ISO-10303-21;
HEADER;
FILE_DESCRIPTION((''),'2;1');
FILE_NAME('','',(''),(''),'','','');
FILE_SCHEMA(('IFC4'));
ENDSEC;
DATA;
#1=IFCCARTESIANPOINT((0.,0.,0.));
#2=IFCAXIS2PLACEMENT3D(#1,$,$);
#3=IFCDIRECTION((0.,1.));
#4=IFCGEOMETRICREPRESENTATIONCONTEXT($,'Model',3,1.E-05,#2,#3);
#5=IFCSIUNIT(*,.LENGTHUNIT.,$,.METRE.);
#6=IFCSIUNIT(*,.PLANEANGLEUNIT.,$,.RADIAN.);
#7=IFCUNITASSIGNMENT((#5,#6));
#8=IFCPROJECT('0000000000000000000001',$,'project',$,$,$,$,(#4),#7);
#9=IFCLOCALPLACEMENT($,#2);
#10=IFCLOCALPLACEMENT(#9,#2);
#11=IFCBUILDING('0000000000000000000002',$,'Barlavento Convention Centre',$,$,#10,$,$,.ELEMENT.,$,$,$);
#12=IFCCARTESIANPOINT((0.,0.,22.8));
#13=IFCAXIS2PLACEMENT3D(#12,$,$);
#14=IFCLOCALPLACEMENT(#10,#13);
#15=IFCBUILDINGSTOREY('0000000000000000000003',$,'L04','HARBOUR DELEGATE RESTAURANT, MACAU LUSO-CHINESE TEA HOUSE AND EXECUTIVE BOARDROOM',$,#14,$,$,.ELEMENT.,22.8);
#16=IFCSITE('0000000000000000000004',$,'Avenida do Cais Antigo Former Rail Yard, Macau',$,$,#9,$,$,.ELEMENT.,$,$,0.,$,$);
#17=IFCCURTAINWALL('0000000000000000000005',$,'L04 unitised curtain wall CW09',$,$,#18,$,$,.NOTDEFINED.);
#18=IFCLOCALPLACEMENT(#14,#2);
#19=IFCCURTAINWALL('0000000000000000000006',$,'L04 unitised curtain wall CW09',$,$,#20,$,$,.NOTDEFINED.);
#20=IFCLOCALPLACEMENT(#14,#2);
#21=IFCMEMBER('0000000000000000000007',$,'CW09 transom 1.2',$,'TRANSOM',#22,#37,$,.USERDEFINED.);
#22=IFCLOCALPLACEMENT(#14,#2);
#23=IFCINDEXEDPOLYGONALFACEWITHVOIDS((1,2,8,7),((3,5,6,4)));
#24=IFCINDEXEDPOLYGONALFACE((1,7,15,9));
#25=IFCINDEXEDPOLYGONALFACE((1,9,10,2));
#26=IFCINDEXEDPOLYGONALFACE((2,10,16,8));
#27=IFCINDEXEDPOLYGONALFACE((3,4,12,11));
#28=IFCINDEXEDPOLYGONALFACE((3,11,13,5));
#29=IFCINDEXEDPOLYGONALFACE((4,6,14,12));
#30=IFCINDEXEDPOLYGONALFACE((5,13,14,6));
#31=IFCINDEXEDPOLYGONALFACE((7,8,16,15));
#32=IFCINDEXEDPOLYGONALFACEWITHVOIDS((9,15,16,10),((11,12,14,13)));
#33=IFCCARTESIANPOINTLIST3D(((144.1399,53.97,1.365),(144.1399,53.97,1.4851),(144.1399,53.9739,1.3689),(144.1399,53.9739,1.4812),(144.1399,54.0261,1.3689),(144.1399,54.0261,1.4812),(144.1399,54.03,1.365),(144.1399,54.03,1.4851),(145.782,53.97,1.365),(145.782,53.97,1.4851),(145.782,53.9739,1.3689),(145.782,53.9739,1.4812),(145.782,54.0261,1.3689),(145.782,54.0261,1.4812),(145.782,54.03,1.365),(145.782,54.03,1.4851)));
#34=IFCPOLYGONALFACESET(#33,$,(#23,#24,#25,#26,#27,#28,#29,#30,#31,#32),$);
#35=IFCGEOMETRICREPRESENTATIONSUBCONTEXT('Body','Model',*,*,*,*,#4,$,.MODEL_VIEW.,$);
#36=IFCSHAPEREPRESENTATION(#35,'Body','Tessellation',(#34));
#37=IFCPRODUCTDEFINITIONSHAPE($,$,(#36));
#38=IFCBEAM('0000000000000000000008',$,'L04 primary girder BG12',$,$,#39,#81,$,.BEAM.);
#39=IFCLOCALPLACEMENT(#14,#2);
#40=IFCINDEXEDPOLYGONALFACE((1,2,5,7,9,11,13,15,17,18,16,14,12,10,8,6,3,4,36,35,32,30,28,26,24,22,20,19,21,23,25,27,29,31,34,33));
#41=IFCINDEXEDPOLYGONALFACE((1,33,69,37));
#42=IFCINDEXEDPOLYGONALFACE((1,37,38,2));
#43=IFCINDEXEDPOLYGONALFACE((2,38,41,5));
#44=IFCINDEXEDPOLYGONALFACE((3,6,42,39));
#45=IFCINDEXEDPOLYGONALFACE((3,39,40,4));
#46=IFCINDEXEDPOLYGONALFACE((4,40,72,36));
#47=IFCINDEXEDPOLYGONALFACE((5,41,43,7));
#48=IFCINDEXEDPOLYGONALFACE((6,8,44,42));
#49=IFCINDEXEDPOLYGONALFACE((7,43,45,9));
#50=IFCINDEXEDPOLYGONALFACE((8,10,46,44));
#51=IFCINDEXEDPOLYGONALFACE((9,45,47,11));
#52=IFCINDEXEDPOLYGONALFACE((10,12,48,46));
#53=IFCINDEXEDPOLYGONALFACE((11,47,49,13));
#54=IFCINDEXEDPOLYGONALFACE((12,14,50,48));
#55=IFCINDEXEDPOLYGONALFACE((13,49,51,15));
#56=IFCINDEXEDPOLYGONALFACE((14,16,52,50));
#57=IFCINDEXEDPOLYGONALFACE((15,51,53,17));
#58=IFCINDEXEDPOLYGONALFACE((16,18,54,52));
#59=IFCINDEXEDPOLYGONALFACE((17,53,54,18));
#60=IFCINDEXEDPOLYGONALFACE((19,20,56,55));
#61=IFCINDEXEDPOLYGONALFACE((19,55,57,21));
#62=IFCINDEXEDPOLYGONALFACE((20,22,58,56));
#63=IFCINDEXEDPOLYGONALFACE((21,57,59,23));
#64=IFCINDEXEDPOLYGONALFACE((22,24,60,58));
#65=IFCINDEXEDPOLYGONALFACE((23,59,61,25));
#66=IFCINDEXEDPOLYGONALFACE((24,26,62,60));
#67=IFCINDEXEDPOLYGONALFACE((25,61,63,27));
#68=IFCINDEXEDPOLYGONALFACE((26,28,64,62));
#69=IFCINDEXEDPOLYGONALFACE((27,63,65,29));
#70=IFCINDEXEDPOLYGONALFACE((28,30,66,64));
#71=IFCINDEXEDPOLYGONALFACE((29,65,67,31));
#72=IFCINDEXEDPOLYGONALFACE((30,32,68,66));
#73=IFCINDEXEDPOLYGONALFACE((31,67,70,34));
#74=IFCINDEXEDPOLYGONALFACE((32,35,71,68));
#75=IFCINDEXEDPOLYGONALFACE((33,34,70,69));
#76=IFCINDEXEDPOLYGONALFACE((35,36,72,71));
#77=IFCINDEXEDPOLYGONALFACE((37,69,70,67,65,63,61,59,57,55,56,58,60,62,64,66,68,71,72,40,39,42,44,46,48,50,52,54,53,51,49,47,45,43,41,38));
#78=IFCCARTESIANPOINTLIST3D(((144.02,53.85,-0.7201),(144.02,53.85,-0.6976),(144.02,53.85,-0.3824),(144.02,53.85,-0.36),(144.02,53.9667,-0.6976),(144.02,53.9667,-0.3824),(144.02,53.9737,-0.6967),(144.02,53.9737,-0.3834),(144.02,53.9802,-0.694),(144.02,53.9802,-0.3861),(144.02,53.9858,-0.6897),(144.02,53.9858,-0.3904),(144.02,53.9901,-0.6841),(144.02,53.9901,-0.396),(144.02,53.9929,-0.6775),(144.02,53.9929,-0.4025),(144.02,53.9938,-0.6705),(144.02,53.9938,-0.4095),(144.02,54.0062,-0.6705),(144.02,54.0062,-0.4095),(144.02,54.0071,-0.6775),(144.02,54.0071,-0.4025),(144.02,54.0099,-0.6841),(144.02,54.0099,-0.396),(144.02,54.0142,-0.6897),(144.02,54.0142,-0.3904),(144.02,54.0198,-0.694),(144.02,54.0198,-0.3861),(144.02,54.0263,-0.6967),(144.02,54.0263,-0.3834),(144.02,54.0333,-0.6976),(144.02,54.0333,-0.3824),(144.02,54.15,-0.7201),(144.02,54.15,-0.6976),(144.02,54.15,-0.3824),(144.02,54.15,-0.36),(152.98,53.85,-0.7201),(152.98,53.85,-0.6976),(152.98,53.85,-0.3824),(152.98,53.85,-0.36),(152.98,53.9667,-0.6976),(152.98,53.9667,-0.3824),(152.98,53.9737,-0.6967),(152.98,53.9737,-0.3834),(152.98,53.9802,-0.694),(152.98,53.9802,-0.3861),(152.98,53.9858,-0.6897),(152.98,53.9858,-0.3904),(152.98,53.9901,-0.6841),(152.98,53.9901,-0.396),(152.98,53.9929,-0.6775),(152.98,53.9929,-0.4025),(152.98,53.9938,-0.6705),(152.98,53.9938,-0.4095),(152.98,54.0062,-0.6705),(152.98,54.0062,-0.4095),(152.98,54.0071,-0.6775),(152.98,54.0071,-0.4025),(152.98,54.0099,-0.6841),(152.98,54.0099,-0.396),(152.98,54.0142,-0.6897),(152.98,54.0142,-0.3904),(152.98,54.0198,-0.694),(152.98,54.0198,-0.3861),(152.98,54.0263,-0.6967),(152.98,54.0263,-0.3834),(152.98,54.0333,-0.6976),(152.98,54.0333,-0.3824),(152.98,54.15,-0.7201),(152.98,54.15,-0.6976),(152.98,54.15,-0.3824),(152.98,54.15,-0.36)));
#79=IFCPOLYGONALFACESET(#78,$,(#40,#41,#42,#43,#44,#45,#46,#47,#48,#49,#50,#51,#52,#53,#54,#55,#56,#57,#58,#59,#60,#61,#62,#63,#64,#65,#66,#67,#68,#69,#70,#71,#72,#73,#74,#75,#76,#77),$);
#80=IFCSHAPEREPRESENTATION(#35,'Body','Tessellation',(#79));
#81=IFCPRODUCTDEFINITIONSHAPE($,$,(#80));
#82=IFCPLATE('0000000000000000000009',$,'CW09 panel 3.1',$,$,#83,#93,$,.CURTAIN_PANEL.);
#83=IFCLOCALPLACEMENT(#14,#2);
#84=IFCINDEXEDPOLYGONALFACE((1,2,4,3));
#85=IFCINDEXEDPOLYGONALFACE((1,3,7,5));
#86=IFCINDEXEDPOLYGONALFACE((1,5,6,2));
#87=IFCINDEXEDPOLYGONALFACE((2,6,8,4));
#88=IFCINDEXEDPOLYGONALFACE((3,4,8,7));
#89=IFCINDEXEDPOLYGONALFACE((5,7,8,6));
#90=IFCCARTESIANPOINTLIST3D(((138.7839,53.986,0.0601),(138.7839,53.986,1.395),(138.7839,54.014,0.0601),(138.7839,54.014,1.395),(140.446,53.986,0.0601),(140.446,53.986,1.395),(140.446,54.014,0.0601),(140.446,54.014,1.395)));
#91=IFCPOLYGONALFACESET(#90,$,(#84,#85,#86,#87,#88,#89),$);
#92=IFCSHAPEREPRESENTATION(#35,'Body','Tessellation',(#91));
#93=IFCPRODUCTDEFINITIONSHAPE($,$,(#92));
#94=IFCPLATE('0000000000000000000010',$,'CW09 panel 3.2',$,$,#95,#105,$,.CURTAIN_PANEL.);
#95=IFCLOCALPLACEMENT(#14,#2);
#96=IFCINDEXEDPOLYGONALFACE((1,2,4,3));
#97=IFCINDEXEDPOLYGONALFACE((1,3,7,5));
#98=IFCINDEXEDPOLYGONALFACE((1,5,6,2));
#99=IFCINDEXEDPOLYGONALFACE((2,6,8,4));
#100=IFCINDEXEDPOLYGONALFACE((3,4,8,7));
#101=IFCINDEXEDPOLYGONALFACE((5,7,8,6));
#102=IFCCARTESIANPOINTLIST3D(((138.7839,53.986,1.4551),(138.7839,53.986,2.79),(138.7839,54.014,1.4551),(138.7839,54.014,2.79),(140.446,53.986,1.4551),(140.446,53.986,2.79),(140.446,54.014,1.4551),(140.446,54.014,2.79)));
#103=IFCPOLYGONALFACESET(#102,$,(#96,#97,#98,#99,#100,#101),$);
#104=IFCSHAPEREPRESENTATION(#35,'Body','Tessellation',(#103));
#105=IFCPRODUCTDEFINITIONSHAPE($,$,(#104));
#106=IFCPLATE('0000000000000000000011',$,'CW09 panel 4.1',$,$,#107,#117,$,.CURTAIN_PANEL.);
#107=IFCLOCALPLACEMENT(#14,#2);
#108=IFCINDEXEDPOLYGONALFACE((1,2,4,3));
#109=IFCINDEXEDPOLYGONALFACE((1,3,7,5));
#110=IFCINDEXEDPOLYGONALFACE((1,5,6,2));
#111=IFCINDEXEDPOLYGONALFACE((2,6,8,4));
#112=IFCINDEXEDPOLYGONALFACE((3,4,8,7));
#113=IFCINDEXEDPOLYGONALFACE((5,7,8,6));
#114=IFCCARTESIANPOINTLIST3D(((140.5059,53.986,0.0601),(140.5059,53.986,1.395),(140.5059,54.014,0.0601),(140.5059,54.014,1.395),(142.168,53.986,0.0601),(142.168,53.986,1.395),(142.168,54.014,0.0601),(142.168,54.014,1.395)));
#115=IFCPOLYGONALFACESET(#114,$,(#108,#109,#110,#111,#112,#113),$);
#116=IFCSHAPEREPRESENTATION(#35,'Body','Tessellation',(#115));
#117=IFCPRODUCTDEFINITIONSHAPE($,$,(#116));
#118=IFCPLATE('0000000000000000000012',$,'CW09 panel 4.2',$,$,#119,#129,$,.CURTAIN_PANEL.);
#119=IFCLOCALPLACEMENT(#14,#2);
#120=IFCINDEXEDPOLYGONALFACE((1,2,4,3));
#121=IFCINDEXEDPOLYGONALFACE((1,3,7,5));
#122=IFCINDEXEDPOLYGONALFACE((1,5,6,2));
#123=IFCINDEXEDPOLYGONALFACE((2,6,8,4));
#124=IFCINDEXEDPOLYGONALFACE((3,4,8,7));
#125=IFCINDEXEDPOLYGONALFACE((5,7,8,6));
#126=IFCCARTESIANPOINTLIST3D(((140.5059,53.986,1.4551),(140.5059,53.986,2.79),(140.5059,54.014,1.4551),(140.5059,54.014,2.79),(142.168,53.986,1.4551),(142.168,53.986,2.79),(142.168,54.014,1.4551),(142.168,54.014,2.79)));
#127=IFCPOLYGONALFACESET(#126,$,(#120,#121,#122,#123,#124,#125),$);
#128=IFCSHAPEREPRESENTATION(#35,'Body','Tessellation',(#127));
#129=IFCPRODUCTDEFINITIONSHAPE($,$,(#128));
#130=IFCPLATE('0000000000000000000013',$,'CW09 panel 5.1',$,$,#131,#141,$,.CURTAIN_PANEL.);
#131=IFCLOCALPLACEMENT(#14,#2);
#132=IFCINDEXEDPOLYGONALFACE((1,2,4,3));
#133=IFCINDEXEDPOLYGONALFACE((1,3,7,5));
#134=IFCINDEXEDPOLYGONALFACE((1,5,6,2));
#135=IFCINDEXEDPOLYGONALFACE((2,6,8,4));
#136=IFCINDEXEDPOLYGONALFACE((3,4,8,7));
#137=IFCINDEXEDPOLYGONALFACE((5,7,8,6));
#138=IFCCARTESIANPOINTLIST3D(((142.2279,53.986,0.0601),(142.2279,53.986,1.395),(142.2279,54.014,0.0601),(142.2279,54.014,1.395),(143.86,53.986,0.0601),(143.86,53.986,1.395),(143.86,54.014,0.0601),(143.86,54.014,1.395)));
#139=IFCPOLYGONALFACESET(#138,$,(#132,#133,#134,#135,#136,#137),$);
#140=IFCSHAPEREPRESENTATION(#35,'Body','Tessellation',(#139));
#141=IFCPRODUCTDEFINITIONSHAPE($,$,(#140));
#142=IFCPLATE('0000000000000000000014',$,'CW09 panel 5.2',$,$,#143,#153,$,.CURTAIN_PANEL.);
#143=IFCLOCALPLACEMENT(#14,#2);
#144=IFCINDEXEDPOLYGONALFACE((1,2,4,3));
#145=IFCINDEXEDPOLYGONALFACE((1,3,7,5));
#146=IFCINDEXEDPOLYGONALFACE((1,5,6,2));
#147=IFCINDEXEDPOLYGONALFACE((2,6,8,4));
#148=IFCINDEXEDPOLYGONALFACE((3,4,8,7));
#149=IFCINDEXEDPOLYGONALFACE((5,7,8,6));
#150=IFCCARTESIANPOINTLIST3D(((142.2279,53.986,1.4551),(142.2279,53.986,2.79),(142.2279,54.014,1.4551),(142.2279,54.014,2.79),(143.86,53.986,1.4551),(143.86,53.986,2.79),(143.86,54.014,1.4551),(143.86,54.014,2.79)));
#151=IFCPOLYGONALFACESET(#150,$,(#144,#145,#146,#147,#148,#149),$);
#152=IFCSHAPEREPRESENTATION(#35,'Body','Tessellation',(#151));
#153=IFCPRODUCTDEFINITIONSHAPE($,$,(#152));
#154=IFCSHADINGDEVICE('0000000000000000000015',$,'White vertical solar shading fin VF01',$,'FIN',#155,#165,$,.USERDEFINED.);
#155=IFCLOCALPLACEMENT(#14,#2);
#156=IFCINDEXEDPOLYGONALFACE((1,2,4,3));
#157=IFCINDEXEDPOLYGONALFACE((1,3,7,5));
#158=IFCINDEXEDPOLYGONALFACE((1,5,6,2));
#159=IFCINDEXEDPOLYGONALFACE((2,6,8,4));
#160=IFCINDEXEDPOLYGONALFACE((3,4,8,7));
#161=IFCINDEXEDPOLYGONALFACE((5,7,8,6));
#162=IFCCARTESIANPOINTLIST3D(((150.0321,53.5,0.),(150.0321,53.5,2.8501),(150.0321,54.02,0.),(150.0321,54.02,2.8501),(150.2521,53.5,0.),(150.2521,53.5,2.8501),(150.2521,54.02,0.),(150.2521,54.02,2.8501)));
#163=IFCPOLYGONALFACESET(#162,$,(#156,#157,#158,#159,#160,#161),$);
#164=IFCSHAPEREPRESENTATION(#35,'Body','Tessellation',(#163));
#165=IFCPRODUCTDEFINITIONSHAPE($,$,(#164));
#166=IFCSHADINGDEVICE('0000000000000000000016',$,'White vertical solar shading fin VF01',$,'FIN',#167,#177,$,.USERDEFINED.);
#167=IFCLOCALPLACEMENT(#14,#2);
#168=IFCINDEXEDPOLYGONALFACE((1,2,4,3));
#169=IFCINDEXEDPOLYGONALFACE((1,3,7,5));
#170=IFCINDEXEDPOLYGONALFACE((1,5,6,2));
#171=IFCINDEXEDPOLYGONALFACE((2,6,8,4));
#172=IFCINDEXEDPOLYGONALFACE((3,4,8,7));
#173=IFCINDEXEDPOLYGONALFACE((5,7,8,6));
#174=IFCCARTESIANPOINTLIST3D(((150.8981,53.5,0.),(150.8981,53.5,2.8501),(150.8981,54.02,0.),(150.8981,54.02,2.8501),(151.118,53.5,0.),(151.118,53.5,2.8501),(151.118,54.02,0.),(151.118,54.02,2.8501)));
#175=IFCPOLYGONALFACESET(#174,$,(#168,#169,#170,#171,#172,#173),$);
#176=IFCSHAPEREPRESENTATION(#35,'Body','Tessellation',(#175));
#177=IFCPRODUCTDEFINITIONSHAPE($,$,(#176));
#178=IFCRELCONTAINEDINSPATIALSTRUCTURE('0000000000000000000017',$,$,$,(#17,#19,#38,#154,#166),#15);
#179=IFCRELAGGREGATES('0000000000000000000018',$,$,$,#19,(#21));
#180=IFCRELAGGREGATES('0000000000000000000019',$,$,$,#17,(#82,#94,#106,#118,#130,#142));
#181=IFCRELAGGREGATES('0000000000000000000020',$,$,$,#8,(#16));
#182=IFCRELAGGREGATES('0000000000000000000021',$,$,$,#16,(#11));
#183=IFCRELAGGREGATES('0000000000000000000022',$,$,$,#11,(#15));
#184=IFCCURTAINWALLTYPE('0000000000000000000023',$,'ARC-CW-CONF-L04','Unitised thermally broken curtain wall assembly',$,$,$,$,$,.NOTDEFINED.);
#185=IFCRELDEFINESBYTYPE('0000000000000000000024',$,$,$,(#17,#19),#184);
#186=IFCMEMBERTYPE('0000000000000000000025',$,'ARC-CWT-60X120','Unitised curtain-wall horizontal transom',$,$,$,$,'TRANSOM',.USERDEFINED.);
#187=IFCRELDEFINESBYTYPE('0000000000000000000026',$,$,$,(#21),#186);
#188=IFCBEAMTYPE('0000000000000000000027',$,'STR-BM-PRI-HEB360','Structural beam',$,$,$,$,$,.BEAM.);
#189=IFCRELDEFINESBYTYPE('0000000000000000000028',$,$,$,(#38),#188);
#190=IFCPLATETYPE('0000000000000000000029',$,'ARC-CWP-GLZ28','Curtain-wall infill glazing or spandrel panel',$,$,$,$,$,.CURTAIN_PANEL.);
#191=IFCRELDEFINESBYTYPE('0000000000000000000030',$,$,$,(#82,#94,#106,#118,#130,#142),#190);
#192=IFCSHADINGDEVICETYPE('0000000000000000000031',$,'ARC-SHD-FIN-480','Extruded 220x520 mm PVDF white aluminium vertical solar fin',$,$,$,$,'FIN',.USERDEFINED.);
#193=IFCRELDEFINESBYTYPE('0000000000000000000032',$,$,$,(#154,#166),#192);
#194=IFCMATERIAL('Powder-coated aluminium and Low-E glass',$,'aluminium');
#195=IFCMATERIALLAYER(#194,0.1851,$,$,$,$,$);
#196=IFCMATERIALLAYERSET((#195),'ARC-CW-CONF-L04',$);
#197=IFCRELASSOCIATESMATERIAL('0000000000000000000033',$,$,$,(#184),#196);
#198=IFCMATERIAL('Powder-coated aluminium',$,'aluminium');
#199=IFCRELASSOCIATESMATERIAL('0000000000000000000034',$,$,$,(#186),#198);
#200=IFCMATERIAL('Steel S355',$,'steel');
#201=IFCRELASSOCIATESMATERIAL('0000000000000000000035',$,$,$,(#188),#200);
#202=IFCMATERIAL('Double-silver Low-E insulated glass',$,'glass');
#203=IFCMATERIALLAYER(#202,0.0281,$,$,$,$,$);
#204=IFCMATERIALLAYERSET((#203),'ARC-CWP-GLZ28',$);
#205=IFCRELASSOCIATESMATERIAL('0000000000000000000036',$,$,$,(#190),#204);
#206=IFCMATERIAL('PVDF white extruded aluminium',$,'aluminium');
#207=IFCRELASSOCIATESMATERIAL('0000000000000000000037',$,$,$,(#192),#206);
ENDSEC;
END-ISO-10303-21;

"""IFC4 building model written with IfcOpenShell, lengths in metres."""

from ifc_helpers import new_model, si_unit, direction, frame, origin, origin_2d, place, context, subcontext, project, spatial, rectangle, hollow_rectangle, i_section, extrude, material, layer, layer_set, material_profile, profile_set, type_object, element, aggregate, save


model = new_model("IFC4")

# Units and contexts
model_context = context("Model", 3, precision=1e-05, world=origin(), true_north=direction((0.0, 1.0)))
body_context = subcontext(model_context, "Body", "Model", "MODEL_VIEW")
ifc_project = project(units=[si_unit("LENGTHUNIT", "METRE"), si_unit("PLANEANGLEUNIT", "RADIAN")], contexts=[model_context])

# Site, building, storey
site_placement = place(None, origin())
site = spatial("IfcSite", under=ifc_project, at=site_placement, Name="Avenida do Cais Antigo Former Rail Yard, Macau", CompositionType="ELEMENT", RefElevation=0.0)
building_placement = place(site_placement, origin())
building = spatial("IfcBuilding", under=site, at=building_placement, Name="Barlavento Convention Centre", CompositionType="ELEMENT")
storey_placement = place(building_placement, frame((0.0, 0.0, 22.8)))
storey = spatial("IfcBuildingStorey", under=building, at=storey_placement, Name="L04", Description="HARBOUR DELEGATE RESTAURANT, MACAU LUSO-CHINESE TEA HOUSE AND EXECUTIVE BOARDROOM", CompositionType="ELEMENT", Elevation=22.8)

# Curtain wall
ifc_material_1 = material(Name="Powder-coated aluminium and Low-E glass", Category="aluminium")
ifc_layer_1 = layer(ifc_material_1, 0.1851)
ifc_layer_set_1 = layer_set([ifc_layer_1], Name="ARC-CW-CONF-L04")
curtain_wall_type = type_object("IfcCurtainWallType", Name="ARC-CW-CONF-L04", Description="Unitised thermally broken curtain wall assembly", PredefinedType="NOTDEFINED", material=ifc_layer_set_1)
curtain_wall_1_placement = place(storey_placement, origin())
curtain_wall_1 = element("IfcCurtainWall", 1, at=curtain_wall_1_placement, inside=storey, type_object=curtain_wall_type, Name="L04 unitised curtain wall CW09", PredefinedType="NOTDEFINED")
ifc_material_2 = material(Name="Powder-coated aluminium", Category="aluminium")

# Curtain wall
curtain_wall_2_placement = place(storey_placement, origin())
curtain_wall_2 = element("IfcCurtainWall", 2, at=curtain_wall_2_placement, inside=storey, type_object=curtain_wall_type, Name="L04 unitised curtain wall CW09", PredefinedType="NOTDEFINED")

# Member
ifc_material_profile_1 = material_profile(ifc_material_2, hollow_rectangle(XDim=0.0601, YDim=0.1201, WallThickness=0.0039, at=origin_2d()), Name="AL-TRAN 60x120x4")
ifc_profile_set_1 = profile_set([ifc_material_profile_1], Name="Powder-coated aluminium")
member_type_1 = type_object("IfcMemberType", Name="ARC-CWT-60X120", Description="Unitised curtain-wall horizontal transom", ElementType="TRANSOM", PredefinedType="USERDEFINED", material=ifc_profile_set_1)
member_1_placement = place(storey_placement, frame((144.1399, 54.0, 1.425), z_axis=(1.0, 0.0, 0.0), x_axis=(0.0, 1.0, 0.0)))
member_1 = element("IfcMember", 3, at=member_1_placement, type_object=member_type_1, Name="CW09 transom 1.2", ObjectType="TRANSOM", PredefinedType="USERDEFINED", context=body_context, shape_type="SweptSolid", body=[
    extrude(hollow_rectangle(XDim=0.0601, YDim=0.1201, WallThickness=0.0039, at=origin_2d()), origin(), (0.0, 0.0, 1.0), 1.6421),
])
aggregate(curtain_wall_2, [member_1])

# Beam
ifc_material_3 = material(Name="Steel S355", Category="steel")
ifc_material_profile_2 = material_profile(ifc_material_3, i_section(OverallWidth=0.3, OverallDepth=0.3601, WebThickness=0.0125, FlangeThickness=0.0225, FilletRadius=0.0271, at=origin_2d()), Name="HEB 360")
ifc_profile_set_2 = profile_set([ifc_material_profile_2], Name="Steel S355")
beam_type = type_object("IfcBeamType", Name="STR-BM-PRI-HEB360", Description="Structural beam", PredefinedType="BEAM", material=ifc_profile_set_2)
beam_placement = place(storey_placement, frame((144.02, 54.0, -0.54), z_axis=(1.0, 0.0, 0.0), x_axis=(0.0, 1.0, 0.0)))
element("IfcBeam", 4, at=beam_placement, inside=storey, type_object=beam_type, Name="L04 primary girder BG12", PredefinedType="BEAM", context=body_context, shape_type="SweptSolid", body=[
    extrude(i_section(OverallWidth=0.3, OverallDepth=0.3601, WebThickness=0.0125, FlangeThickness=0.0225, FilletRadius=0.0271, at=origin_2d()), origin(), (0.0, 0.0, 1.0), 8.96),
])

# Plates
ifc_material_4 = material(Name="Double-silver Low-E insulated glass", Category="glass")
ifc_layer_2 = layer(ifc_material_4, 0.0281)
ifc_layer_set_2 = layer_set([ifc_layer_2], Name="ARC-CWP-GLZ28")
plate_type = type_object("IfcPlateType", Name="ARC-CWP-GLZ28", Description="Curtain-wall infill glazing or spandrel panel", PredefinedType="CURTAIN_PANEL", material=ifc_layer_set_2)
plate_1_placement = place(storey_placement, frame((139.615, 54.0, 0.0601), z_axis=(0.0, 0.0, 1.0), x_axis=(1.0, 0.0, 0.0)))
plate_1 = element("IfcPlate", 5, at=plate_1_placement, type_object=plate_type, Name="CW09 panel 3.1", PredefinedType="CURTAIN_PANEL", context=body_context, shape_type="SweptSolid", body=[
    extrude(rectangle(XDim=1.6621, YDim=0.0281, at=origin_2d()), origin(), (0.0, 0.0, 1.0), 1.335),
])
plate_2_placement = place(storey_placement, frame((139.615, 54.0, 1.4551), z_axis=(0.0, 0.0, 1.0), x_axis=(1.0, 0.0, 0.0)))
plate_2 = element("IfcPlate", 6, at=plate_2_placement, type_object=plate_type, Name="CW09 panel 3.2", PredefinedType="CURTAIN_PANEL", context=body_context, shape_type="SweptSolid", body=[
    extrude(rectangle(XDim=1.6621, YDim=0.0281, at=origin_2d()), origin(), (0.0, 0.0, 1.0), 1.335),
])
plate_3_placement = place(storey_placement, frame((141.3369, 54.0, 0.0601), z_axis=(0.0, 0.0, 1.0), x_axis=(1.0, 0.0, 0.0)))
plate_3 = element("IfcPlate", 7, at=plate_3_placement, type_object=plate_type, Name="CW09 panel 4.1", PredefinedType="CURTAIN_PANEL", context=body_context, shape_type="SweptSolid", body=[
    extrude(rectangle(XDim=1.6621, YDim=0.0281, at=origin_2d()), origin(), (0.0, 0.0, 1.0), 1.335),
])
plate_4_placement = place(storey_placement, frame((141.3369, 54.0, 1.4551), z_axis=(0.0, 0.0, 1.0), x_axis=(1.0, 0.0, 0.0)))
plate_4 = element("IfcPlate", 8, at=plate_4_placement, type_object=plate_type, Name="CW09 panel 4.2", PredefinedType="CURTAIN_PANEL", context=body_context, shape_type="SweptSolid", body=[
    extrude(rectangle(XDim=1.6621, YDim=0.0281, at=origin_2d()), origin(), (0.0, 0.0, 1.0), 1.335),
])
plate_5_placement = place(storey_placement, frame((143.0439, 54.0, 0.0601), z_axis=(0.0, 0.0, 1.0), x_axis=(1.0, 0.0, 0.0)))
plate_5 = element("IfcPlate", 9, at=plate_5_placement, type_object=plate_type, Name="CW09 panel 5.1", PredefinedType="CURTAIN_PANEL", context=body_context, shape_type="SweptSolid", body=[
    extrude(rectangle(XDim=1.6321, YDim=0.0281, at=origin_2d()), origin(), (0.0, 0.0, 1.0), 1.335),
])
plate_6_placement = place(storey_placement, frame((143.0439, 54.0, 1.4551), z_axis=(0.0, 0.0, 1.0), x_axis=(1.0, 0.0, 0.0)))
plate_6 = element("IfcPlate", 10, at=plate_6_placement, type_object=plate_type, Name="CW09 panel 5.2", PredefinedType="CURTAIN_PANEL", context=body_context, shape_type="SweptSolid", body=[
    extrude(rectangle(XDim=1.6321, YDim=0.0281, at=origin_2d()), origin(), (0.0, 0.0, 1.0), 1.335),
])
aggregate(curtain_wall_1, [plate_1, plate_2, plate_3, plate_4, plate_5, plate_6])

# Shading devices
ifc_material_5 = material(Name="PVDF white extruded aluminium", Category="aluminium")
shading_device_type = type_object("IfcShadingDeviceType", Name="ARC-SHD-FIN-480", Description="Extruded 220x520 mm PVDF white aluminium vertical solar fin", ElementType="FIN", PredefinedType="USERDEFINED", material=ifc_material_5)
for number, where, z_axis, x_axis, name in (
    (11, (150.1421, 53.76, 0.0), (0.0, 0.0, 1.0), (1.0, 0.0, 0.0), "White vertical solar shading fin VF01"),
    (12, (151.0081, 53.76, 0.0), (0.0, 0.0, 1.0), (1.0, 0.0, 0.0), "White vertical solar shading fin VF01"),
):
    element("IfcShadingDevice", number, at=place(storey_placement, frame(where, z_axis=z_axis, x_axis=x_axis)), inside=storey, type_object=shading_device_type, Name=name, ObjectType="FIN", PredefinedType="USERDEFINED", context=body_context, shape_type="SweptSolid", body=[
        extrude(rectangle(XDim=0.22, YDim=0.52, at=origin_2d()), origin(), (0.0, 0.0, 1.0), 2.8501),
    ])

save(model, "model.ifc")
